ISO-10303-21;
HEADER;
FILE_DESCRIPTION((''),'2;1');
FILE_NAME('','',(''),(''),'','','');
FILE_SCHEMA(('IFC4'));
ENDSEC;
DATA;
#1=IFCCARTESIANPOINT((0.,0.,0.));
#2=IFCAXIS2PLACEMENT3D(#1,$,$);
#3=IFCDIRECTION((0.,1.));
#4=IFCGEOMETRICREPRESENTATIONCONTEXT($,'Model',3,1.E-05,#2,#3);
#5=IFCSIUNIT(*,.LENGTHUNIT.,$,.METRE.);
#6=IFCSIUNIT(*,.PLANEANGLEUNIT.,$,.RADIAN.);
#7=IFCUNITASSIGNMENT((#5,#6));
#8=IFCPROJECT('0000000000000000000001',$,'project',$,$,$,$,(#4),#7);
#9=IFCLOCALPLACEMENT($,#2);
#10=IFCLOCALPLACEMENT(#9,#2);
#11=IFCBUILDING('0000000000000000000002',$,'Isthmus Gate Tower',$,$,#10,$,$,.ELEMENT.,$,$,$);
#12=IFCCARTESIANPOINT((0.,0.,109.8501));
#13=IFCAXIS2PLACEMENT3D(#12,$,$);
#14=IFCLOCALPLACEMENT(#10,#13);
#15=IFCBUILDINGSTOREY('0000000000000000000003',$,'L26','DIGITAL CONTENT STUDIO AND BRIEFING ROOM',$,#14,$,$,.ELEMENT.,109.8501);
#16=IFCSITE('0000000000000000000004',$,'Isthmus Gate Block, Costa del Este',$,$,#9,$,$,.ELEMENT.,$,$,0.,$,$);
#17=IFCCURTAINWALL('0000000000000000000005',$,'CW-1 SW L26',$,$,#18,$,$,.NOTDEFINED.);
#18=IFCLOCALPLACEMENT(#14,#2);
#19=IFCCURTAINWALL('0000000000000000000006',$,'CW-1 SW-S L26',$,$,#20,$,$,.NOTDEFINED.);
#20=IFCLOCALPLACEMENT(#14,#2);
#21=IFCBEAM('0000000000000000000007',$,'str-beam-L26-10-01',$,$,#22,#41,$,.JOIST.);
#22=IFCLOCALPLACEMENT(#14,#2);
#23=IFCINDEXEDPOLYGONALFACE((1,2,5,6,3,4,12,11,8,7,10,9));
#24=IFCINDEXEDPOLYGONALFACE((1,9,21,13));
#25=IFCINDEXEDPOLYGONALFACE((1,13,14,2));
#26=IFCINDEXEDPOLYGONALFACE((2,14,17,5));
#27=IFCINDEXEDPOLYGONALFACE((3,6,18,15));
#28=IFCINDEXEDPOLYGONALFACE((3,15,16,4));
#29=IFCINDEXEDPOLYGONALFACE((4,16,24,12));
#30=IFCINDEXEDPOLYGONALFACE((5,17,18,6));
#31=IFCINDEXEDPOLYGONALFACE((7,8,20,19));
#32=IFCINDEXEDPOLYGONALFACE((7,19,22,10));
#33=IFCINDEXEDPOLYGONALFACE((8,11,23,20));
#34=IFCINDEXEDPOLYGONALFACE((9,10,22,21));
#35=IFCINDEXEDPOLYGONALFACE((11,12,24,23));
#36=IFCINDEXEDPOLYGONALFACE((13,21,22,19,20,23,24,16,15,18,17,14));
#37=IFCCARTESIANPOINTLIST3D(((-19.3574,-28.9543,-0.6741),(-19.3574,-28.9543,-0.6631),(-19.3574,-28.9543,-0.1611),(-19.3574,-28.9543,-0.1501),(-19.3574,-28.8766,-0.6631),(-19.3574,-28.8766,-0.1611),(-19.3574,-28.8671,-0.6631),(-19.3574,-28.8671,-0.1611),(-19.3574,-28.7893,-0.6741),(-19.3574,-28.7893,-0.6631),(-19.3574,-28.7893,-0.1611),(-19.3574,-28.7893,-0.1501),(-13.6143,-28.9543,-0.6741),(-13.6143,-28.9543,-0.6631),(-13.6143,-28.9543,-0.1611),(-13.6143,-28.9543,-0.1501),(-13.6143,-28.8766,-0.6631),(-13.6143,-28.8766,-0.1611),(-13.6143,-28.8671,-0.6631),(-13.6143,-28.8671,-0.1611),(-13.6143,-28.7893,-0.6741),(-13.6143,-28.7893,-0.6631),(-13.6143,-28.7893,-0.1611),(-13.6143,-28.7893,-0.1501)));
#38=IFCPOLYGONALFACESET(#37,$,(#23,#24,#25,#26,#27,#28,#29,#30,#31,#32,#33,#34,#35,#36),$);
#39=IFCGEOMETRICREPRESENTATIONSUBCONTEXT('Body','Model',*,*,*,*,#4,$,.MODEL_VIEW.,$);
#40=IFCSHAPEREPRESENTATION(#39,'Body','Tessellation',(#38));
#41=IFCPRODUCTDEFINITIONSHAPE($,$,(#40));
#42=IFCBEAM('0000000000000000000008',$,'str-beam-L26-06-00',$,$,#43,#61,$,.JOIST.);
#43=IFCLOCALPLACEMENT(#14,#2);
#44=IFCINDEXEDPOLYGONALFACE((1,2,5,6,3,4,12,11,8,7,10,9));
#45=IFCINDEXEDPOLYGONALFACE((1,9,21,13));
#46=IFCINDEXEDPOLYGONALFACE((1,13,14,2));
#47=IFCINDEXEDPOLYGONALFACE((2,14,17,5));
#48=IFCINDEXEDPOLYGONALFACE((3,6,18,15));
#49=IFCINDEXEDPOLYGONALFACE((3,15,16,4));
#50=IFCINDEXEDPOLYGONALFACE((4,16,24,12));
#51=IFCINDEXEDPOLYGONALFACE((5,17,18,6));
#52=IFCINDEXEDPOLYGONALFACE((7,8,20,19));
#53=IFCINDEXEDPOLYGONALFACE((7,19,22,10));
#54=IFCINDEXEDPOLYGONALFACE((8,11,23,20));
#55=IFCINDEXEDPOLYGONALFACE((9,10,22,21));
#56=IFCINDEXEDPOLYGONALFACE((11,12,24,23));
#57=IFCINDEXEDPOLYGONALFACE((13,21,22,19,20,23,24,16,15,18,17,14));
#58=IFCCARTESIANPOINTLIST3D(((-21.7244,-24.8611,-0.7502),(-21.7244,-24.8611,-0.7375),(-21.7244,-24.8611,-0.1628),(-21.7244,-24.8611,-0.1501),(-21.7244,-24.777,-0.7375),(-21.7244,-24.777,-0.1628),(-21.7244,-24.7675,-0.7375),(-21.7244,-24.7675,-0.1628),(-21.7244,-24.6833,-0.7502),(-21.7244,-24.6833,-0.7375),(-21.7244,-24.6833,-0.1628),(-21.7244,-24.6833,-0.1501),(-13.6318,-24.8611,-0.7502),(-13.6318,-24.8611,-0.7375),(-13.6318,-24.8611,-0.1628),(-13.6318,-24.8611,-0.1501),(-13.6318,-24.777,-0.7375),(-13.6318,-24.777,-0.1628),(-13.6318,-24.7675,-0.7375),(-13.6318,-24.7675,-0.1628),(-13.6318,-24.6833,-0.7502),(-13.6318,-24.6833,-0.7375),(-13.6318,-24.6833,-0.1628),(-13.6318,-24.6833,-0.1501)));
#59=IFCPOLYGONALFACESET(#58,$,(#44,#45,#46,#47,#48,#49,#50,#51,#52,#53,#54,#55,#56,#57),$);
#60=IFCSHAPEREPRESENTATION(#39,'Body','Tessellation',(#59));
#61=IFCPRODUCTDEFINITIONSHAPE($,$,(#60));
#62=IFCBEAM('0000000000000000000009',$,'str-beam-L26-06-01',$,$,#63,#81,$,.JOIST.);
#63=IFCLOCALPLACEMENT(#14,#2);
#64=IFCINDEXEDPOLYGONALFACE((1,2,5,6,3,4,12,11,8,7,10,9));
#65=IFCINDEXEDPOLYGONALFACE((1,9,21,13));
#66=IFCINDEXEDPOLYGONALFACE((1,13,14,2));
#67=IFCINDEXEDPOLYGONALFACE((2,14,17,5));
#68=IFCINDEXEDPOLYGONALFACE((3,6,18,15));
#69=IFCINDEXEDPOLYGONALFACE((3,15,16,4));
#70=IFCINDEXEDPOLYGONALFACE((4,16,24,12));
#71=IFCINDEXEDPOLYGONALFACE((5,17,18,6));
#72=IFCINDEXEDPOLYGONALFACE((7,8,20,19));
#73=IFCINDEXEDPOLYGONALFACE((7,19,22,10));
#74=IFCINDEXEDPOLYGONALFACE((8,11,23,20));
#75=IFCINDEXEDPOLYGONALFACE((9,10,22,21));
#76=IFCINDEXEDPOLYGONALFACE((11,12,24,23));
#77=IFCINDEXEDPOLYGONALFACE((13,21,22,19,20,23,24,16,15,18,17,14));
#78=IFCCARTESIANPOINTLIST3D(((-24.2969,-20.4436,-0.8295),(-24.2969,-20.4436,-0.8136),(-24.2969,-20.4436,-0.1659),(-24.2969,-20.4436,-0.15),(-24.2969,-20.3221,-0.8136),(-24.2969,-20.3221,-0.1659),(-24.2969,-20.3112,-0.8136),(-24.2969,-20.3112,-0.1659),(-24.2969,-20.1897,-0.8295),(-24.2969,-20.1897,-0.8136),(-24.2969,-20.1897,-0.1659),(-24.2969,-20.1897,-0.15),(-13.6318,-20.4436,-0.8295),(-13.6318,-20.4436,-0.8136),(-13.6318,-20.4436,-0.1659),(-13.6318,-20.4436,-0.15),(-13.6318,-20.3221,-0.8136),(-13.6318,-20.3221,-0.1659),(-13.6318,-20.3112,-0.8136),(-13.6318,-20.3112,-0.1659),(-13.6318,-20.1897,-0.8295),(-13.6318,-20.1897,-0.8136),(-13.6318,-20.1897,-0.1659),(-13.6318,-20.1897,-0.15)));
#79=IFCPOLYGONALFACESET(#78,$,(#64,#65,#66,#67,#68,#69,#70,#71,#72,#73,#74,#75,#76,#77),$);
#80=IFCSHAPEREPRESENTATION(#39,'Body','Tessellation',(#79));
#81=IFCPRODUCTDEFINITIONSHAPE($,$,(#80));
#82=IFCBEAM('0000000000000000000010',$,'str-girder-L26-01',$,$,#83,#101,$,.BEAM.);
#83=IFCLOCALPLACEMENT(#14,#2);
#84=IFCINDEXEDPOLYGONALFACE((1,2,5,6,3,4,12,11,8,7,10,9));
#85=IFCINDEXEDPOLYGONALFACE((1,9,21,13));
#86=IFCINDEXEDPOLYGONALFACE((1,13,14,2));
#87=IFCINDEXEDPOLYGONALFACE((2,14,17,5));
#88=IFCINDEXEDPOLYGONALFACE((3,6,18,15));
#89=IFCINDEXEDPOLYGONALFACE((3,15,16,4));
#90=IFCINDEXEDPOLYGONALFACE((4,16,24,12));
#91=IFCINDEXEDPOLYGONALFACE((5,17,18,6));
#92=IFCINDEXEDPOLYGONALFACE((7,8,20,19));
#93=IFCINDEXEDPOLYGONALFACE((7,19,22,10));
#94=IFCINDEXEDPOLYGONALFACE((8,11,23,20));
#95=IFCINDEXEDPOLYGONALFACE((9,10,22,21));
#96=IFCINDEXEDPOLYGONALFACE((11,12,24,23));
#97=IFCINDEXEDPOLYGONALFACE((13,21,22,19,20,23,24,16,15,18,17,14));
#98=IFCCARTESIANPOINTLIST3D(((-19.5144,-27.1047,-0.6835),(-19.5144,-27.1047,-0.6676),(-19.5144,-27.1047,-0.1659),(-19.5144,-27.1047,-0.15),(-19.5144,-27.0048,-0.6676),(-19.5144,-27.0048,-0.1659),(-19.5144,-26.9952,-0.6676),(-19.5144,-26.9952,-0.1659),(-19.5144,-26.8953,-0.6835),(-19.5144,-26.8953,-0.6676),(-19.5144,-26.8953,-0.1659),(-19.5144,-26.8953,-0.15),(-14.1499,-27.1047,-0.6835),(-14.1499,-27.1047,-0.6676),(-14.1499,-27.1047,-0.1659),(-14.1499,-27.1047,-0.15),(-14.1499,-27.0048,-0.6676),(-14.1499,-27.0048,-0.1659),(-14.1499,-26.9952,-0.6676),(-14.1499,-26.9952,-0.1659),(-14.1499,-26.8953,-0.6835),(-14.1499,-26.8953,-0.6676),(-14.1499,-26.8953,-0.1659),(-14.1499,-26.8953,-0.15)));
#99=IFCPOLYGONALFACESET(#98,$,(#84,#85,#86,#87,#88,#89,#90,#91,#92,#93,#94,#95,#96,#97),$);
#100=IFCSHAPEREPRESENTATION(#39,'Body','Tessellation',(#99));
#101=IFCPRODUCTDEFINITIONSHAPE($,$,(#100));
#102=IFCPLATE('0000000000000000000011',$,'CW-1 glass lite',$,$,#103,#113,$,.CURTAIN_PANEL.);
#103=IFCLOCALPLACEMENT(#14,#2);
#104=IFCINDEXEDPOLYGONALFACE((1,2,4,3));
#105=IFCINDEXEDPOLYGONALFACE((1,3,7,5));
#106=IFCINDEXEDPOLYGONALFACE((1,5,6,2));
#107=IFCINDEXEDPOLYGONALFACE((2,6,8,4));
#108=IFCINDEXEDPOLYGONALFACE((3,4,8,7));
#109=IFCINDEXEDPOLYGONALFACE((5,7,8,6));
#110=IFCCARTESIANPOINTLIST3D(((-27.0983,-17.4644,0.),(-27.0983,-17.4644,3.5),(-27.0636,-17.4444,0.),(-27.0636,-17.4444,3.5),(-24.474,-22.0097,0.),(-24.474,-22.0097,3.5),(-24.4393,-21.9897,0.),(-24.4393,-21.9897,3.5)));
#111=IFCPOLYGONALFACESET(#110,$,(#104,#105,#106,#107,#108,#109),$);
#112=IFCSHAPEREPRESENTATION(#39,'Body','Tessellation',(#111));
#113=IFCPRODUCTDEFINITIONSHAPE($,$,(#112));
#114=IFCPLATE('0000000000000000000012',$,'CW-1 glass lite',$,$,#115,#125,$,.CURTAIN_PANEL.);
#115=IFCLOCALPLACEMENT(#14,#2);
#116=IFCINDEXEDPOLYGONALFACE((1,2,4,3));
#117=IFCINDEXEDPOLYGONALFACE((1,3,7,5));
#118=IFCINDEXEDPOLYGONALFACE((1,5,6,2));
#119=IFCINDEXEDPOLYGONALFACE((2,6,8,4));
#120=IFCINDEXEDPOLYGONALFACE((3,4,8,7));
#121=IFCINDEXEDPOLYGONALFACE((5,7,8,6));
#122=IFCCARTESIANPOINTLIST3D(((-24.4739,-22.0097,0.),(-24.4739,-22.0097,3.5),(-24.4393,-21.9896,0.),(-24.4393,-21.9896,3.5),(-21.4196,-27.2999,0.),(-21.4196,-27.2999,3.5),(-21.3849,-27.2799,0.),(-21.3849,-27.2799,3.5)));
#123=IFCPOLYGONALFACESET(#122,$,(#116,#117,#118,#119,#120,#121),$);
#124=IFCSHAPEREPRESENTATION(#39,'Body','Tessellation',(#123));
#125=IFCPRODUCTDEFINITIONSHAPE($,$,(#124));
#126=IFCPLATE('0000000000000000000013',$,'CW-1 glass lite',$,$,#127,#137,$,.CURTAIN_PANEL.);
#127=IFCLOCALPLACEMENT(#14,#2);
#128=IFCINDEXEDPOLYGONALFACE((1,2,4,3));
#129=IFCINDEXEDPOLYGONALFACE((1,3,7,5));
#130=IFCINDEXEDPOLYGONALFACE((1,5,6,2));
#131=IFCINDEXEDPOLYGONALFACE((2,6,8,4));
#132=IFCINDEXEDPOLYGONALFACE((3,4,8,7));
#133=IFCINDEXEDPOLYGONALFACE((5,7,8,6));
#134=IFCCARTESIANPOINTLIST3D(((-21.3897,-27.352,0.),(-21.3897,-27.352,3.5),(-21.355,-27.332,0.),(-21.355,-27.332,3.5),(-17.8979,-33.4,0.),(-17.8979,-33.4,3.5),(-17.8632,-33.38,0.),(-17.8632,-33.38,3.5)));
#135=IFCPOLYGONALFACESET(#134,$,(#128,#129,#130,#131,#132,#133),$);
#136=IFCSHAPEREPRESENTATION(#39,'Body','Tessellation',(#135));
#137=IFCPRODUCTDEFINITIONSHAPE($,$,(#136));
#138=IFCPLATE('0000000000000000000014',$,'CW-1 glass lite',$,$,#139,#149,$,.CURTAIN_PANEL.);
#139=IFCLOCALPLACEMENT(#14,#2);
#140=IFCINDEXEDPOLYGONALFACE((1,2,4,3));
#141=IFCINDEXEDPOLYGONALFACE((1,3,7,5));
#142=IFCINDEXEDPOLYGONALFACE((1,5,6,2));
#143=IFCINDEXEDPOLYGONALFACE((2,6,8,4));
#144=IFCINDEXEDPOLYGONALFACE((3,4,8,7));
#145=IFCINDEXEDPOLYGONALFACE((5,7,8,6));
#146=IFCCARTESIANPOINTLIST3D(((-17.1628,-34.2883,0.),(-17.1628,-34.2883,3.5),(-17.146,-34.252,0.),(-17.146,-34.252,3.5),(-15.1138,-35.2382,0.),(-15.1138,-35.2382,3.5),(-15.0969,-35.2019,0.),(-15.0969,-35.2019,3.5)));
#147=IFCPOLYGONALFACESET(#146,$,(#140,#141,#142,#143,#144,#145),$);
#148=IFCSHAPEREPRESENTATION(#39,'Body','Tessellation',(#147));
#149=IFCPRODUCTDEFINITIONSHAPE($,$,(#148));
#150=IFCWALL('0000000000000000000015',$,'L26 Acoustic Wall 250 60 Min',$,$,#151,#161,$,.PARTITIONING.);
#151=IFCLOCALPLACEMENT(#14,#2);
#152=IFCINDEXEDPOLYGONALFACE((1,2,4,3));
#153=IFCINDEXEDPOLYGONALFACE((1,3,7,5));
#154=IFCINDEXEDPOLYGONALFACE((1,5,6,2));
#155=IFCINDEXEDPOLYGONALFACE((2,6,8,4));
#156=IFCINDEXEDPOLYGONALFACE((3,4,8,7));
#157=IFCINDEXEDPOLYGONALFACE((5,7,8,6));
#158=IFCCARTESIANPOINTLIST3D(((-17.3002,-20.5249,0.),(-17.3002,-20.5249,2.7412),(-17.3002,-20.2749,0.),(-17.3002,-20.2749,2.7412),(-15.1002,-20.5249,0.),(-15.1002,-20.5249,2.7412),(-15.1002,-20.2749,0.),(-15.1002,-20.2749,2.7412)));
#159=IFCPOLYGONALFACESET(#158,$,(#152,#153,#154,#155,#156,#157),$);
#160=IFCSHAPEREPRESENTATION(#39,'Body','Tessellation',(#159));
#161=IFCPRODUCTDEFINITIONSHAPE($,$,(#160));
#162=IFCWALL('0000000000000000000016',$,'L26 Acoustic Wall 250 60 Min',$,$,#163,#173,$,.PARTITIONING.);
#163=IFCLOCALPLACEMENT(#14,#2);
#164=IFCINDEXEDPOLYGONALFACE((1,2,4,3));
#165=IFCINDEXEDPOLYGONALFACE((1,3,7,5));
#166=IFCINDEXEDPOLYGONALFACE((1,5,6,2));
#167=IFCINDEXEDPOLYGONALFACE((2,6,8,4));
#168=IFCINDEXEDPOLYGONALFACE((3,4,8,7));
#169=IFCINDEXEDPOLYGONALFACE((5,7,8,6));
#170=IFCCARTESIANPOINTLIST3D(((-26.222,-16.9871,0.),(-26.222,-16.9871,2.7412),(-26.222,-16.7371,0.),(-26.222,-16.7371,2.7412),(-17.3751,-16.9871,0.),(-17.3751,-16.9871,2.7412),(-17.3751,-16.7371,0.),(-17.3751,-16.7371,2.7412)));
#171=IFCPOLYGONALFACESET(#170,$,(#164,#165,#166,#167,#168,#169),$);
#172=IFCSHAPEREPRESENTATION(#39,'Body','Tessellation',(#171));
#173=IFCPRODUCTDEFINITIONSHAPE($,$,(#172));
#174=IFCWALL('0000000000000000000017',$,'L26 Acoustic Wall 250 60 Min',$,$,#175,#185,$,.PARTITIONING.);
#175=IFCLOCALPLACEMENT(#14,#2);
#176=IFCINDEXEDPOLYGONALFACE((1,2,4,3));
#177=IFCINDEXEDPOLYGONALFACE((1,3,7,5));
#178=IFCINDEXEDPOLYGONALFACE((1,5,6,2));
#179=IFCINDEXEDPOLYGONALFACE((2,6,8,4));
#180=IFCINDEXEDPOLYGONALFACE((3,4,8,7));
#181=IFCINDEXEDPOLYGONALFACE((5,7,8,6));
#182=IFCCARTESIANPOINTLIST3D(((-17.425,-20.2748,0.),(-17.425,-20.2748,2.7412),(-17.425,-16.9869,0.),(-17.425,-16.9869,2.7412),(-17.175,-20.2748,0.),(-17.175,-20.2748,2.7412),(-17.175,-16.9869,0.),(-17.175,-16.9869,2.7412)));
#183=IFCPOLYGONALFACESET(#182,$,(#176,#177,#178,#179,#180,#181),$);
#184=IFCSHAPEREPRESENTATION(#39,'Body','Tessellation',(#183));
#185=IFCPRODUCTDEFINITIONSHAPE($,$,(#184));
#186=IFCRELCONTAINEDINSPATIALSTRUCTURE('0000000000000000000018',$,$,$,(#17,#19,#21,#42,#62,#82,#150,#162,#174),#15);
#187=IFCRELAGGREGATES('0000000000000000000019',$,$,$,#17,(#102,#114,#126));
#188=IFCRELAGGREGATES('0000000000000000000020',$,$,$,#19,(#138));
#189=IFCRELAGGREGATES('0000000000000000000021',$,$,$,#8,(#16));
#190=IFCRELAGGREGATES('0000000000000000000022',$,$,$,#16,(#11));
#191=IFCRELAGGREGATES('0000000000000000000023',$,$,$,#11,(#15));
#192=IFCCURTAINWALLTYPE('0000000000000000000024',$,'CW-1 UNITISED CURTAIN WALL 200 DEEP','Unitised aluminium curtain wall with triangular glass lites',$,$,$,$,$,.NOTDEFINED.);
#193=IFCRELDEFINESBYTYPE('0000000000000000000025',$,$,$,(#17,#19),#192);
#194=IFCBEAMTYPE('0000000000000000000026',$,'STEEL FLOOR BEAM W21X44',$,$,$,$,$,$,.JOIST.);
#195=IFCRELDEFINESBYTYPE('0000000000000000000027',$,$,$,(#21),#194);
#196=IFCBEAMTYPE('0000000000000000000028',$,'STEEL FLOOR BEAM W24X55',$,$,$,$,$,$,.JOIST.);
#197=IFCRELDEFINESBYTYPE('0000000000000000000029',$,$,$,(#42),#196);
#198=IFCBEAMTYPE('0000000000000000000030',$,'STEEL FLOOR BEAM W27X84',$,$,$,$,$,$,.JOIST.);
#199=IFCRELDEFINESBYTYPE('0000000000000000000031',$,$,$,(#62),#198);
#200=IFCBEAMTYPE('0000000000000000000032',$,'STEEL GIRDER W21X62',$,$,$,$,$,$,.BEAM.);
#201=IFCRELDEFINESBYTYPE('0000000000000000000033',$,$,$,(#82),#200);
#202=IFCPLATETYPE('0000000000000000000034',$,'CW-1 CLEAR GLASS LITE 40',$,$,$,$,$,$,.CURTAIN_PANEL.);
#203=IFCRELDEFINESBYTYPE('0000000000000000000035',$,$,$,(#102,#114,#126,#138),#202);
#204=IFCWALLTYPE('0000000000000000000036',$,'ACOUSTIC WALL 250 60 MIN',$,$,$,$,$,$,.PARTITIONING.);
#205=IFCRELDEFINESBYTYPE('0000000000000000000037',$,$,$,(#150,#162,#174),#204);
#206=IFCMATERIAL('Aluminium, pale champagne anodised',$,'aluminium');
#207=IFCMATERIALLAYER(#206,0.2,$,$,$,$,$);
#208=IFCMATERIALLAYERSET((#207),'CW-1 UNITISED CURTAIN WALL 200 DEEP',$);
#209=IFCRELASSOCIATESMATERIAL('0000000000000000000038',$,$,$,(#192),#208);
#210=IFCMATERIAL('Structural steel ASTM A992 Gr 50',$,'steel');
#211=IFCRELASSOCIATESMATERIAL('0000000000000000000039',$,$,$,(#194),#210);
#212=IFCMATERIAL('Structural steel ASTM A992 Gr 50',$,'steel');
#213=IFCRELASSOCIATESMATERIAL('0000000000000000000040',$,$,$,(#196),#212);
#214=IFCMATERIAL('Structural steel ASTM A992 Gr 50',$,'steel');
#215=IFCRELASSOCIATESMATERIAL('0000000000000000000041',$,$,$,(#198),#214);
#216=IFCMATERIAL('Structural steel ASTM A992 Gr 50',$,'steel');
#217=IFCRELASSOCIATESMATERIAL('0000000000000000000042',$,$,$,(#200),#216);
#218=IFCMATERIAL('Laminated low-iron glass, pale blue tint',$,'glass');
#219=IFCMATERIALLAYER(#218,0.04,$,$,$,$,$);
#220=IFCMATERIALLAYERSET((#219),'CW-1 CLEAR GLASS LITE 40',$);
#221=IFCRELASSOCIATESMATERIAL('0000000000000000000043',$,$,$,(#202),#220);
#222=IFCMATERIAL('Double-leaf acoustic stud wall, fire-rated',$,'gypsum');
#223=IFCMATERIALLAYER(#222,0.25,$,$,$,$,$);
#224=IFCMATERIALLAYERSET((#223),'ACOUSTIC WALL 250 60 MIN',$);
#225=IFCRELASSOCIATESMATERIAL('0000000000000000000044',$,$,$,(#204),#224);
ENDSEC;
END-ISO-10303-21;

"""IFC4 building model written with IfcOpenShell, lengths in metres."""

from ifc_helpers import new_model, si_unit, direction, frame, frame_2d, origin, origin_2d, place, context, subcontext, project, spatial, rectangle, i_section, extrude, material, layer, layer_set, material_profile, profile_set, type_object, element, aggregate, save


model = new_model("IFC4")

# Units and contexts
model_context = context("Model", 3, precision=1e-05, world=origin(), true_north=direction((0.0, 1.0)))
body_context = subcontext(model_context, "Body", "Model", "MODEL_VIEW")
ifc_project = project(units=[si_unit("LENGTHUNIT", "METRE"), si_unit("PLANEANGLEUNIT", "RADIAN")], contexts=[model_context])

# Site, building, storey
site_placement = place(None, origin())
site = spatial("IfcSite", under=ifc_project, at=site_placement, Name="Isthmus Gate Block, Costa del Este", CompositionType="ELEMENT", RefElevation=0.0)
building_placement = place(site_placement, origin())
building = spatial("IfcBuilding", under=site, at=building_placement, Name="Isthmus Gate Tower", CompositionType="ELEMENT")
storey_placement = place(building_placement, frame((0.0, 0.0, 109.8501)))
storey = spatial("IfcBuildingStorey", under=building, at=storey_placement, Name="L26", Description="DIGITAL CONTENT STUDIO AND BRIEFING ROOM", CompositionType="ELEMENT", Elevation=109.8501)

# Curtain wall
ifc_material_1 = material(Name="Aluminium, pale champagne anodised", Category="aluminium")
ifc_layer_1 = layer(ifc_material_1, 0.2)
ifc_layer_set_1 = layer_set([ifc_layer_1], Name="CW-1 UNITISED CURTAIN WALL 200 DEEP")
curtain_wall_type = type_object("IfcCurtainWallType", Name="CW-1 UNITISED CURTAIN WALL 200 DEEP", Description="Unitised aluminium curtain wall with triangular glass lites", PredefinedType="NOTDEFINED", material=ifc_layer_set_1)
curtain_wall_1_placement = place(storey_placement, origin())
curtain_wall_1 = element("IfcCurtainWall", 1, at=curtain_wall_1_placement, inside=storey, type_object=curtain_wall_type, Name="CW-1 SW L26", PredefinedType="NOTDEFINED")

# Curtain wall
curtain_wall_2_placement = place(storey_placement, origin())
curtain_wall_2 = element("IfcCurtainWall", 2, at=curtain_wall_2_placement, inside=storey, type_object=curtain_wall_type, Name="CW-1 SW-S L26", PredefinedType="NOTDEFINED")

# Beams
ifc_material_2 = material(Name="Structural steel ASTM A992 Gr 50", Category="steel")
ifc_material_profile_1 = material_profile(ifc_material_2, i_section(OverallWidth=0.165, OverallDepth=0.5239, WebThickness=0.0095, FlangeThickness=0.011, at=origin_2d()), Name="W21X44")
ifc_profile_set_1 = profile_set([ifc_material_profile_1], Name="Structural steel ASTM A992 Gr 50")
beam_type_1 = type_object("IfcBeamType", Name="STEEL FLOOR BEAM W21X44", PredefinedType="JOIST", material=ifc_profile_set_1)
beam_1_placement = place(storey_placement, frame((-19.3574, -28.8718, -0.4121), z_axis=(1.0, 0.0, 0.0), x_axis=(0.0, 1.0, 0.0)))
element("IfcBeam", 3, at=beam_1_placement, inside=storey, type_object=beam_type_1, Name="str-beam-L26-10-01", PredefinedType="JOIST", context=body_context, shape_type="SweptSolid", body=[
    extrude(i_section(OverallWidth=0.165, OverallDepth=0.5239, WebThickness=0.0095, FlangeThickness=0.011, at=origin_2d()), origin(), (0.0, 0.0, 1.0), 5.7432),
])
ifc_material_3 = material(Name="Structural steel ASTM A992 Gr 50", Category="steel")
ifc_material_profile_2 = material_profile(ifc_material_3, i_section(OverallWidth=0.1777, OverallDepth=0.6001, WebThickness=0.0095, FlangeThickness=0.0127, at=origin_2d()), Name="W24X55")
ifc_profile_set_2 = profile_set([ifc_material_profile_2], Name="Structural steel ASTM A992 Gr 50")
beam_type_2 = type_object("IfcBeamType", Name="STEEL FLOOR BEAM W24X55", PredefinedType="JOIST", material=ifc_profile_set_2)
beam_2_placement = place(storey_placement, frame((-21.7244, -24.7722, -0.4502), z_axis=(1.0, 0.0, 0.0), x_axis=(0.0, 1.0, 0.0)))
element("IfcBeam", 4, at=beam_2_placement, inside=storey, type_object=beam_type_2, Name="str-beam-L26-06-00", PredefinedType="JOIST", context=body_context, shape_type="SweptSolid", body=[
    extrude(i_section(OverallWidth=0.1777, OverallDepth=0.6001, WebThickness=0.0095, FlangeThickness=0.0127, at=origin_2d()), origin(), (0.0, 0.0, 1.0), 8.0925),
])
ifc_material_4 = material(Name="Structural steel ASTM A992 Gr 50", Category="steel")
ifc_material_profile_3 = material_profile(ifc_material_4, i_section(OverallWidth=0.2539, OverallDepth=0.6794, WebThickness=0.011, FlangeThickness=0.0159, at=origin_2d()), Name="W27X84")
ifc_profile_set_3 = profile_set([ifc_material_profile_3], Name="Structural steel ASTM A992 Gr 50")
beam_type_3 = type_object("IfcBeamType", Name="STEEL FLOOR BEAM W27X84", PredefinedType="JOIST", material=ifc_profile_set_3)
beam_3_placement = place(storey_placement, frame((-24.2969, -20.3167, -0.4897), z_axis=(1.0, 0.0, 0.0), x_axis=(0.0, 1.0, 0.0)))
element("IfcBeam", 5, at=beam_3_placement, inside=storey, type_object=beam_type_3, Name="str-beam-L26-06-01", PredefinedType="JOIST", context=body_context, shape_type="SweptSolid", body=[
    extrude(i_section(OverallWidth=0.2539, OverallDepth=0.6794, WebThickness=0.011, FlangeThickness=0.0159, at=origin_2d()), origin(), (0.0, 0.0, 1.0), 10.665),
])
ifc_material_5 = material(Name="Structural steel ASTM A992 Gr 50", Category="steel")
ifc_material_profile_4 = material_profile(ifc_material_5, i_section(OverallWidth=0.2095, OverallDepth=0.5334, WebThickness=0.0095, FlangeThickness=0.0159, at=origin_2d()), Name="W21X62")
ifc_profile_set_4 = profile_set([ifc_material_profile_4], Name="Structural steel ASTM A992 Gr 50")
beam_type_4 = type_object("IfcBeamType", Name="STEEL GIRDER W21X62", PredefinedType="BEAM", material=ifc_profile_set_4)
beam_4_placement = place(storey_placement, frame((-19.5144, -27.0, -0.4167), z_axis=(1.0, 0.0, 0.0), x_axis=(0.0, 1.0, 0.0)))
element("IfcBeam", 6, at=beam_4_placement, inside=storey, type_object=beam_type_4, Name="str-girder-L26-01", PredefinedType="BEAM", context=body_context, shape_type="SweptSolid", body=[
    extrude(i_section(OverallWidth=0.2095, OverallDepth=0.5334, WebThickness=0.0095, FlangeThickness=0.0159, at=origin_2d()), origin(), (0.0, 0.0, 1.0), 5.3645),
])

# Plates
ifc_material_6 = material(Name="Laminated low-iron glass, pale blue tint", Category="glass")
ifc_layer_2 = layer(ifc_material_6, 0.04)
ifc_layer_set_2 = layer_set([ifc_layer_2], Name="CW-1 CLEAR GLASS LITE 40")
plate_type = type_object("IfcPlateType", Name="CW-1 CLEAR GLASS LITE 40", PredefinedType="CURTAIN_PANEL", material=ifc_layer_set_2)
plate_1_placement = place(storey_placement, frame((-25.7688, -19.7271, 0.0), z_axis=(0.0, 0.0, 1.0), x_axis=(0.5, -0.866025, 0.0)))
plate_1 = element("IfcPlate", 7, at=plate_1_placement, type_object=plate_type, Name="CW-1 glass lite", PredefinedType="CURTAIN_PANEL", context=body_context, shape_type="SweptSolid", body=[
    extrude(rectangle(XDim=5.2485, YDim=0.04, at=origin_2d()), origin(), (0.0, 0.0, 1.0), 3.5),
])
plate_2_placement = place(storey_placement, frame((-22.9294, -24.6448, 0.0), z_axis=(0.0, 0.0, 1.0), x_axis=(0.5, -0.866025, 0.0)))
plate_2 = element("IfcPlate", 8, at=plate_2_placement, type_object=plate_type, Name="CW-1 glass lite", PredefinedType="CURTAIN_PANEL", context=body_context, shape_type="SweptSolid", body=[
    extrude(rectangle(XDim=6.1086, YDim=0.04, at=origin_2d()), origin(), (0.0, 0.0, 1.0), 3.5),
])
plate_3_placement = place(storey_placement, frame((-19.6265, -30.366, 0.0), z_axis=(0.0, 0.0, 1.0), x_axis=(0.5, -0.866025, 0.0)))
plate_3 = element("IfcPlate", 9, at=plate_3_placement, type_object=plate_type, Name="CW-1 glass lite", PredefinedType="CURTAIN_PANEL", context=body_context, shape_type="SweptSolid", body=[
    extrude(rectangle(XDim=6.9836, YDim=0.04, at=origin_2d()), origin(), (0.0, 0.0, 1.0), 3.5),
])
aggregate(curtain_wall_1, [plate_1, plate_2, plate_3])
plate_4_placement = place(storey_placement, frame((-16.1299, -34.7451, 0.0), z_axis=(0.0, 0.0, 1.0), x_axis=(0.907256, -0.420578, 0.0)))
plate_4 = element("IfcPlate", 10, at=plate_4_placement, type_object=plate_type, Name="CW-1 glass lite", PredefinedType="CURTAIN_PANEL", context=body_context, shape_type="SweptSolid", body=[
    extrude(rectangle(XDim=2.2585, YDim=0.04, at=origin_2d()), origin(), (0.0, 0.0, 1.0), 3.5),
])
aggregate(curtain_wall_2, [plate_4])

# Walls
ifc_material_7 = material(Name="Double-leaf acoustic stud wall, fire-rated", Category="gypsum")
ifc_layer_3 = layer(ifc_material_7, 0.25)
ifc_layer_set_3 = layer_set([ifc_layer_3], Name="ACOUSTIC WALL 250 60 MIN")
wall_type = type_object("IfcWallType", Name="ACOUSTIC WALL 250 60 MIN", PredefinedType="PARTITIONING", material=ifc_layer_set_3)
wall_1_placement = place(storey_placement, frame((-15.1001, -20.3999, 0.0), z_axis=(0.0, 0.0, 1.0), x_axis=(-1.0, 0.0, 0.0)))
element("IfcWall", 11, at=wall_1_placement, inside=storey, type_object=wall_type, Name="L26 Acoustic Wall 250 60 Min", PredefinedType="PARTITIONING", context=body_context, shape_type="SweptSolid", body=[
    extrude(rectangle(XDim=2.2, YDim=0.25, at=frame_2d((1.1001, 0.0))), origin(), (0.0, 0.0, 1.0), 2.7412),
])
wall_2_placement = place(storey_placement, frame((-26.2219, -16.8621, 0.0), z_axis=(0.0, 0.0, 1.0), x_axis=(1.0, 0.0, 0.0)))
element("IfcWall", 12, at=wall_2_placement, inside=storey, type_object=wall_type, Name="L26 Acoustic Wall 250 60 Min", PredefinedType="PARTITIONING", context=body_context, shape_type="SweptSolid", body=[
    extrude(rectangle(XDim=8.8469, YDim=0.25, at=frame_2d((4.4233, 0.0))), origin(), (0.0, 0.0, 1.0), 2.7412),
])
wall_3_placement = place(storey_placement, frame((-17.3, -20.2749, 0.0), z_axis=(0.0, 0.0, 1.0), x_axis=(0.0, 1.0, 0.0)))
element("IfcWall", 13, at=wall_3_placement, inside=storey, type_object=wall_type, Name="L26 Acoustic Wall 250 60 Min", PredefinedType="PARTITIONING", context=body_context, shape_type="SweptSolid", body=[
    extrude(rectangle(XDim=3.2878, YDim=0.25, at=frame_2d((1.644, 0.0))), origin(), (0.0, 0.0, 1.0), 2.7412),
])

save(model, "model.ifc")
